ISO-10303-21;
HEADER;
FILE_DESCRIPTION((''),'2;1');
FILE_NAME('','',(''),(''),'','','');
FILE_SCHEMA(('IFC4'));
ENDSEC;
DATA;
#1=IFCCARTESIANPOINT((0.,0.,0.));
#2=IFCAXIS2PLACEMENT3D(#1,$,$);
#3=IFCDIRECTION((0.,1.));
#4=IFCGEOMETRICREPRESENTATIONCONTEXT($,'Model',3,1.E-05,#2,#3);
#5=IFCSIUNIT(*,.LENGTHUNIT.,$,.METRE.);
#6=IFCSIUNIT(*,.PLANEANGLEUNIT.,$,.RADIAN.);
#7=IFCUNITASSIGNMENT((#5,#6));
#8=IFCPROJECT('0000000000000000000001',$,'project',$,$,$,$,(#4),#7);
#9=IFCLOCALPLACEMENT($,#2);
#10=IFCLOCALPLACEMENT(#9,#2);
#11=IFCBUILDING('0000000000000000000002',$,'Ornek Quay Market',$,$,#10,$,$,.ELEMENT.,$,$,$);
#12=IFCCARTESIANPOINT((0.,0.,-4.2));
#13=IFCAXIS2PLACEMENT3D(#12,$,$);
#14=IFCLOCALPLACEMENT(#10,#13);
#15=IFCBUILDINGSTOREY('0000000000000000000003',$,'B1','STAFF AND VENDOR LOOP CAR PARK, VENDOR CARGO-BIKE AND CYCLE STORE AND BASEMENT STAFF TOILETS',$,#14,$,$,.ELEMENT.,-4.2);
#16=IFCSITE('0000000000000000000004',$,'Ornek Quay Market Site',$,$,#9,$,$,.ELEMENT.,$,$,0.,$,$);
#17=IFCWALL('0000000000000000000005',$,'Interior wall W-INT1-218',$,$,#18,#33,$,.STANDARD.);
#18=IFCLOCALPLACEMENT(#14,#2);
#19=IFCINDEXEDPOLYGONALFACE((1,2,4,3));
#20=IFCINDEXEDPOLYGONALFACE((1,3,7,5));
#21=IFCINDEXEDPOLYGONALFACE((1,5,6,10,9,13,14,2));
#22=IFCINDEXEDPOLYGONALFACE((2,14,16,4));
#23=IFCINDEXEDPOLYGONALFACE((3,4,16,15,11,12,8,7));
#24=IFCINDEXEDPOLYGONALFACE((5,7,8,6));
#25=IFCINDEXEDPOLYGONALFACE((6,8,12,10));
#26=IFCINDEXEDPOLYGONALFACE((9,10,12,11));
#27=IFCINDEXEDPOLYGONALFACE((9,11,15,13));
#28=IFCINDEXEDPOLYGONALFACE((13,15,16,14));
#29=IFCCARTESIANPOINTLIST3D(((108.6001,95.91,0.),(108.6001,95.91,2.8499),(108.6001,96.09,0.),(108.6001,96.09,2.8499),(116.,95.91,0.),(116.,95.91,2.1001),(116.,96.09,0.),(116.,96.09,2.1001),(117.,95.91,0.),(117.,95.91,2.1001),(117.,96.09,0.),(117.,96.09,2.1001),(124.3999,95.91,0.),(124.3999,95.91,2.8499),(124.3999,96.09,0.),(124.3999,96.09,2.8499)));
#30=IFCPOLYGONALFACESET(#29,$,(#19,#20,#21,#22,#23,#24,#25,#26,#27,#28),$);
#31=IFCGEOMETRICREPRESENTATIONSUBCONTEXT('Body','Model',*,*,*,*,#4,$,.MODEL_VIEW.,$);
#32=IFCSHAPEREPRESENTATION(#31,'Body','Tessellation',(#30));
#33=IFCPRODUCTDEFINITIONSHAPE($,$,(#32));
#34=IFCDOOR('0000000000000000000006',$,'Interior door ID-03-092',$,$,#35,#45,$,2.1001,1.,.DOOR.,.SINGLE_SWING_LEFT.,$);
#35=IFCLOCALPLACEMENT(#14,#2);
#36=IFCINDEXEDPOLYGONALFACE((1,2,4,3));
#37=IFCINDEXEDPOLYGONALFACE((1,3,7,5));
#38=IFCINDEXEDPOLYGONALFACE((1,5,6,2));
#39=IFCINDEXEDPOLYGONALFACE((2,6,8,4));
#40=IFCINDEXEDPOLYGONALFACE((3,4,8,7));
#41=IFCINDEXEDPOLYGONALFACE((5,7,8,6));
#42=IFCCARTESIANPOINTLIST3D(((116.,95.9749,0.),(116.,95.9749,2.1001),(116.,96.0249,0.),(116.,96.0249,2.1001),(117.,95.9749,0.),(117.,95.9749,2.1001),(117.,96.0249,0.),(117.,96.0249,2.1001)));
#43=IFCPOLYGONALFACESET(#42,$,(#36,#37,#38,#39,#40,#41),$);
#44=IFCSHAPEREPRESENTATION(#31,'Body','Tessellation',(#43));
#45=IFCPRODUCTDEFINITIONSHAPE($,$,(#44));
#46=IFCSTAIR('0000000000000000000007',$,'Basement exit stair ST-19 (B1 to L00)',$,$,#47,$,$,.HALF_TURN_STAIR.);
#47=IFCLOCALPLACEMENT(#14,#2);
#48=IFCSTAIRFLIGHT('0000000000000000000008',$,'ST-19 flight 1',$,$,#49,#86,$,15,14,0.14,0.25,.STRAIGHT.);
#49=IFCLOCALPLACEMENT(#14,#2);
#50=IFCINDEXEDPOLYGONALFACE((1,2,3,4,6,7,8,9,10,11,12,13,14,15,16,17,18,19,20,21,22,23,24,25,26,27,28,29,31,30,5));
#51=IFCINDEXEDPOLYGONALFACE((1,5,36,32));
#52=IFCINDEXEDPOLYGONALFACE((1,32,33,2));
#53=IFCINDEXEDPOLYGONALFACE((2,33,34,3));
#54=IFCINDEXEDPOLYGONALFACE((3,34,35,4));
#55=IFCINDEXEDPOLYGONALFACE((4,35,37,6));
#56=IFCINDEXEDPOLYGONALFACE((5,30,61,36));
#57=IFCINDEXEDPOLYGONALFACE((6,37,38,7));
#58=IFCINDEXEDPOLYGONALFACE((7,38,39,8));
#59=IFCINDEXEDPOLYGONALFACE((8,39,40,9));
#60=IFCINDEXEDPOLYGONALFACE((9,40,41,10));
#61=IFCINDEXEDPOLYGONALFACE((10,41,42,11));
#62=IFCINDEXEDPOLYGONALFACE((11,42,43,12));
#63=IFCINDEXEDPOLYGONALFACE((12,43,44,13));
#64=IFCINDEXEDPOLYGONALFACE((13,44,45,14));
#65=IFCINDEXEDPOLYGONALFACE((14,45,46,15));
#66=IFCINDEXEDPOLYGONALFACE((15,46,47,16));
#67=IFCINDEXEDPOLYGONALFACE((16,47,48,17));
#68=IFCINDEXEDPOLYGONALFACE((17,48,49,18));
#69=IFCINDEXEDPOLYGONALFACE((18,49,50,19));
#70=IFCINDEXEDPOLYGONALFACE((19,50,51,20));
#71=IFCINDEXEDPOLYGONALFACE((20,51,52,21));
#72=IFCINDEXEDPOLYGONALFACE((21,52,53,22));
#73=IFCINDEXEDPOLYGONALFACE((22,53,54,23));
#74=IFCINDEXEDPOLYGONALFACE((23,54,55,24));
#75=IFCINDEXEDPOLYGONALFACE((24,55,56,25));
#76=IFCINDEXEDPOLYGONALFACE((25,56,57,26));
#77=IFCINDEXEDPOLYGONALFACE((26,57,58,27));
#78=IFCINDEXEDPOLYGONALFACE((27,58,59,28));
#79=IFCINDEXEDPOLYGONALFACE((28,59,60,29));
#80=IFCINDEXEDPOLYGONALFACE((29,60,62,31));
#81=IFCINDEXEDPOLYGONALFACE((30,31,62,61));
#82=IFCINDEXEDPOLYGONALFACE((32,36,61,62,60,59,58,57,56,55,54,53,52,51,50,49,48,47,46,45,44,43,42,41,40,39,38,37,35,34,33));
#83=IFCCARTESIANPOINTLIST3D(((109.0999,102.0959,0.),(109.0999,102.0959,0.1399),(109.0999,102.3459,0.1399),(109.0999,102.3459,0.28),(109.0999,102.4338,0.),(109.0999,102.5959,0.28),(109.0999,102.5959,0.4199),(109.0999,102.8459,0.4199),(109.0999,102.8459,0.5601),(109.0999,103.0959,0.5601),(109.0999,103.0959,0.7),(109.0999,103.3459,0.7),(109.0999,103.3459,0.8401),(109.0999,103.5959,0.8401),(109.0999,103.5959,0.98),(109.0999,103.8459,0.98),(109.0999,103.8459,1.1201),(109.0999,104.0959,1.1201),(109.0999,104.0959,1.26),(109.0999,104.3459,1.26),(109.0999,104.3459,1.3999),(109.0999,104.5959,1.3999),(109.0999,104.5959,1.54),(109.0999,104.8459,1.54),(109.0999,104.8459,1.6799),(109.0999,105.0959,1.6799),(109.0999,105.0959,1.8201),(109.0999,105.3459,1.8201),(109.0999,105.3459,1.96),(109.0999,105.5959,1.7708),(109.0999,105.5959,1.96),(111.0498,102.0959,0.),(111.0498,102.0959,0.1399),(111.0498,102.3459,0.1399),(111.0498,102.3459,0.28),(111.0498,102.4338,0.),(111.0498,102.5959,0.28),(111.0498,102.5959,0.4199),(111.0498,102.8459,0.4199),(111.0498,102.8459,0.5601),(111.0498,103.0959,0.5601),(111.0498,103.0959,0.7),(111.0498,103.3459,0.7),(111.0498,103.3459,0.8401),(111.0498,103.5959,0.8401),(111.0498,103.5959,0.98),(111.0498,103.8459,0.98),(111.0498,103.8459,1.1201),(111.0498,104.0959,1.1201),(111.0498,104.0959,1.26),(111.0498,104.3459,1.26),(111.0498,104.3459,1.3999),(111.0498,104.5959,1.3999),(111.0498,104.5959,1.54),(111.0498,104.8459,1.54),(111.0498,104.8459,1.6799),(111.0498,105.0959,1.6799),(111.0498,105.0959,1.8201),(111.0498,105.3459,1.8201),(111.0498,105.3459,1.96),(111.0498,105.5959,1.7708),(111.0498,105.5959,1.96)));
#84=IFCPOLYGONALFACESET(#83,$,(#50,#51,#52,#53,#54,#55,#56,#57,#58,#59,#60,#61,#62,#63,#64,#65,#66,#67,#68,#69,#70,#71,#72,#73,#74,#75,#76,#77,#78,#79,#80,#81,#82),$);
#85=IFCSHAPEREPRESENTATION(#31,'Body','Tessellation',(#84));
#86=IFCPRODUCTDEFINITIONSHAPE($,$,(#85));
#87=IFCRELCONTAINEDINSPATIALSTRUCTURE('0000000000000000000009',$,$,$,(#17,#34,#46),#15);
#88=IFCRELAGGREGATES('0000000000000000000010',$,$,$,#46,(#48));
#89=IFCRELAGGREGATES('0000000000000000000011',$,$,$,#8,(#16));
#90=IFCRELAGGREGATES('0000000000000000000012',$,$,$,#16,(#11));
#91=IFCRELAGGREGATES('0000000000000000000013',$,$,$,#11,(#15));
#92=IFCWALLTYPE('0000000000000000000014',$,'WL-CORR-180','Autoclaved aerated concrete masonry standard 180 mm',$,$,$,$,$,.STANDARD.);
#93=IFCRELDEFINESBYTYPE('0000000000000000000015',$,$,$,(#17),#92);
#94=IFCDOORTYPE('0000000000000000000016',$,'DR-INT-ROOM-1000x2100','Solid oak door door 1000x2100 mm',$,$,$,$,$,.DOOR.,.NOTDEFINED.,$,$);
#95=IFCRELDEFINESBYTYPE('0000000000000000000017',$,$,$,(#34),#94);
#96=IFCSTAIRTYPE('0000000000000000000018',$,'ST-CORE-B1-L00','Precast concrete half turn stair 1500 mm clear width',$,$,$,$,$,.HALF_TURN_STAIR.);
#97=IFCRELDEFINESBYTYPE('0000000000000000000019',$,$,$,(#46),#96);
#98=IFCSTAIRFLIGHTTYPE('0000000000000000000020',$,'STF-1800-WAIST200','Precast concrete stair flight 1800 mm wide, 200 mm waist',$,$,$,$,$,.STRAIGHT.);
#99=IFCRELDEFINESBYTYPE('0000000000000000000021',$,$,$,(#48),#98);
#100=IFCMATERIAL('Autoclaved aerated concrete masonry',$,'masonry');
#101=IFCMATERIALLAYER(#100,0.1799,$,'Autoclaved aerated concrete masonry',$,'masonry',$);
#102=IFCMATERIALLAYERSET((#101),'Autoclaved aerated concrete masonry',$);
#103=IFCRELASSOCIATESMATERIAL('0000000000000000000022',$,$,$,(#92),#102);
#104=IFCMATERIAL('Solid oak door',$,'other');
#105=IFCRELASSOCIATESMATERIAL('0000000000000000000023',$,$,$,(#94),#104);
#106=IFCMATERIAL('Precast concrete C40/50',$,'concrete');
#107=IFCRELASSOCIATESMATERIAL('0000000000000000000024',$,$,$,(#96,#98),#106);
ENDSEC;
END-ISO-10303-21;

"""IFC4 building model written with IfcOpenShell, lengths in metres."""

from ifc_helpers import new_model, si_unit, direction, frame, frame_2d, origin, place, context, subcontext, project, spatial, polyline, rectangle, outline, extrude, material, layer, layer_set, type_object, element, fill, aggregate, save


model = new_model("IFC4")

# Units and contexts
model_context = context("Model", 3, precision=1e-05, world=origin(), true_north=direction((0.0, 1.0)))
body_context = subcontext(model_context, "Body", "Model", "MODEL_VIEW")
ifc_project = project(units=[si_unit("LENGTHUNIT", "METRE"), si_unit("PLANEANGLEUNIT", "RADIAN")], contexts=[model_context])

# Site, building, storey
site_placement = place(None, origin())
site = spatial("IfcSite", under=ifc_project, at=site_placement, Name="Ornek Quay Market Site", CompositionType="ELEMENT", RefElevation=0.0)
building_placement = place(site_placement, origin())
building = spatial("IfcBuilding", under=site, at=building_placement, Name="Ornek Quay Market", CompositionType="ELEMENT")
storey_placement = place(building_placement, frame((0.0, 0.0, -4.2)))
storey = spatial("IfcBuildingStorey", under=building, at=storey_placement, Name="B1", Description="STAFF AND VENDOR LOOP CAR PARK, VENDOR CARGO-BIKE AND CYCLE STORE AND BASEMENT STAFF TOILETS", CompositionType="ELEMENT", Elevation=-4.2)

# Wall, opening, door
ifc_material_1 = material(Name="Autoclaved aerated concrete masonry", Category="masonry")
ifc_layer_1 = layer(ifc_material_1, 0.1799, Name="Autoclaved aerated concrete masonry", Category="masonry")
ifc_layer_set_1 = layer_set([ifc_layer_1], Name="Autoclaved aerated concrete masonry")
wall_type_1 = type_object("IfcWallType", Name="WL-CORR-180", Description="Autoclaved aerated concrete masonry standard 180 mm", PredefinedType="STANDARD", material=ifc_layer_set_1)
wall_1_placement = place(storey_placement, frame((108.6001, 96.0, 0.0), z_axis=(0.0, 0.0, 1.0), x_axis=(1.0, 0.0, 0.0)))
wall_1 = element("IfcWall", 1, at=wall_1_placement, inside=storey, type_object=wall_type_1, Name="Interior wall W-INT1-218", PredefinedType="STANDARD", context=body_context, shape_type="SweptSolid", body=[
    extrude(rectangle(XDim=15.7998, YDim=0.1799, at=frame_2d((7.8999, 0.0))), origin(), (0.0, 0.0, 1.0), 2.8499),
])
opening_1_placement = place(wall_1_placement, frame((7.3999, 0.0, 0.0)))
opening_1 = element("IfcOpeningElement", 2, at=opening_1_placement, cuts=wall_1, PredefinedType="OPENING", context=body_context, shape_type="SweptSolid", body=[
    extrude(rectangle(XDim=1.0, YDim=2.1001, at=frame_2d((0.5, 1.05))), frame((0.0, 0.0999, 0.0), z_axis=(0.0, -1.0, 0.0), x_axis=(1.0, 0.0, 0.0)), (0.0, 0.0, 1.0), 0.2),
])
ifc_material_2 = material(Name="Solid oak door", Category="other")
door_type_1 = type_object("IfcDoorType", Name="DR-INT-ROOM-1000x2100", Description="Solid oak door door 1000x2100 mm", OperationType="NOTDEFINED", PredefinedType="DOOR", material=ifc_material_2)
door_1_placement = place(opening_1_placement, origin())
door_1 = element("IfcDoor", 3, at=door_1_placement, inside=storey, type_object=door_type_1, Name="Interior door ID-03-092", OperationType="SINGLE_SWING_LEFT", OverallHeight=2.1001, OverallWidth=1.0, PredefinedType="DOOR", context=body_context, shape_type="SweptSolid", body=[
    extrude(rectangle(XDim=1.0, YDim=2.1001, at=frame_2d((0.5, 1.05))), frame((0.0, 0.0249, 0.0), z_axis=(0.0, -1.0, 0.0), x_axis=(1.0, 0.0, 0.0)), (0.0, 0.0, 1.0), 0.05),
])
fill(opening_1, door_1)

# Stair, stair flight
ifc_material_3 = material(Name="Precast concrete C40/50", Category="concrete")
stair_type = type_object("IfcStairType", Name="ST-CORE-B1-L00", Description="Precast concrete half turn stair 1500 mm clear width", PredefinedType="HALF_TURN_STAIR", material=ifc_material_3)
stair_placement = place(storey_placement, origin())
stair = element("IfcStair", 4, at=stair_placement, inside=storey, type_object=stair_type, Name="Basement exit stair ST-19 (B1 to L00)", PredefinedType="HALF_TURN_STAIR")
stair_flight_type = type_object("IfcStairFlightType", Name="STF-1800-WAIST200", Description="Precast concrete stair flight 1800 mm wide, 200 mm waist", PredefinedType="STRAIGHT", material=ifc_material_3)
stair_flight_placement = place(storey_placement, frame((110.075, 102.0959, 0.0), z_axis=(0.0, 0.0, 1.0), x_axis=(0.0, 1.0, 0.0)))
stair_flight = element("IfcStairFlight", 5, at=stair_flight_placement, type_object=stair_flight_type, Name="ST-19 flight 1", NumberOfRisers=15, NumberOfTreads=14, PredefinedType="STRAIGHT", RiserHeight=0.14, TreadLength=0.25, context=body_context, shape_type="SweptSolid", body=[
    extrude(outline(polyline([(0.0, 0.0), (0.0, 0.1399), (0.25, 0.1399), (0.25, 0.28), (0.5, 0.28), (0.5, 0.4199), (0.75, 0.4199), (0.75, 0.5601), (1.0, 0.5601), (1.0, 0.7), (1.25, 0.7), (1.25, 0.8401), (1.5, 0.8401), (1.5, 0.98), (1.75, 0.98), (1.75, 1.1201), (2.0, 1.1201), (2.0, 1.26), (2.25, 1.26), (2.25, 1.3999), (2.5, 1.3999), (2.5, 1.54), (2.75, 1.54), (2.75, 1.6799), (3.0, 1.6799), (3.0, 1.8201), (3.25, 1.8201), (3.25, 1.96), (3.5, 1.96), (3.5, 2.1001), (3.5, 1.7708), (0.3379, 0.0), (0.0, 0.0)])), frame((0.0, 0.9751, 0.0), z_axis=(0.0, -1.0, 0.0), x_axis=(1.0, 0.0, 0.0)), (0.0, 0.0, 1.0), 1.95),
])
aggregate(stair, [stair_flight])

save(model, "model.ifc")
